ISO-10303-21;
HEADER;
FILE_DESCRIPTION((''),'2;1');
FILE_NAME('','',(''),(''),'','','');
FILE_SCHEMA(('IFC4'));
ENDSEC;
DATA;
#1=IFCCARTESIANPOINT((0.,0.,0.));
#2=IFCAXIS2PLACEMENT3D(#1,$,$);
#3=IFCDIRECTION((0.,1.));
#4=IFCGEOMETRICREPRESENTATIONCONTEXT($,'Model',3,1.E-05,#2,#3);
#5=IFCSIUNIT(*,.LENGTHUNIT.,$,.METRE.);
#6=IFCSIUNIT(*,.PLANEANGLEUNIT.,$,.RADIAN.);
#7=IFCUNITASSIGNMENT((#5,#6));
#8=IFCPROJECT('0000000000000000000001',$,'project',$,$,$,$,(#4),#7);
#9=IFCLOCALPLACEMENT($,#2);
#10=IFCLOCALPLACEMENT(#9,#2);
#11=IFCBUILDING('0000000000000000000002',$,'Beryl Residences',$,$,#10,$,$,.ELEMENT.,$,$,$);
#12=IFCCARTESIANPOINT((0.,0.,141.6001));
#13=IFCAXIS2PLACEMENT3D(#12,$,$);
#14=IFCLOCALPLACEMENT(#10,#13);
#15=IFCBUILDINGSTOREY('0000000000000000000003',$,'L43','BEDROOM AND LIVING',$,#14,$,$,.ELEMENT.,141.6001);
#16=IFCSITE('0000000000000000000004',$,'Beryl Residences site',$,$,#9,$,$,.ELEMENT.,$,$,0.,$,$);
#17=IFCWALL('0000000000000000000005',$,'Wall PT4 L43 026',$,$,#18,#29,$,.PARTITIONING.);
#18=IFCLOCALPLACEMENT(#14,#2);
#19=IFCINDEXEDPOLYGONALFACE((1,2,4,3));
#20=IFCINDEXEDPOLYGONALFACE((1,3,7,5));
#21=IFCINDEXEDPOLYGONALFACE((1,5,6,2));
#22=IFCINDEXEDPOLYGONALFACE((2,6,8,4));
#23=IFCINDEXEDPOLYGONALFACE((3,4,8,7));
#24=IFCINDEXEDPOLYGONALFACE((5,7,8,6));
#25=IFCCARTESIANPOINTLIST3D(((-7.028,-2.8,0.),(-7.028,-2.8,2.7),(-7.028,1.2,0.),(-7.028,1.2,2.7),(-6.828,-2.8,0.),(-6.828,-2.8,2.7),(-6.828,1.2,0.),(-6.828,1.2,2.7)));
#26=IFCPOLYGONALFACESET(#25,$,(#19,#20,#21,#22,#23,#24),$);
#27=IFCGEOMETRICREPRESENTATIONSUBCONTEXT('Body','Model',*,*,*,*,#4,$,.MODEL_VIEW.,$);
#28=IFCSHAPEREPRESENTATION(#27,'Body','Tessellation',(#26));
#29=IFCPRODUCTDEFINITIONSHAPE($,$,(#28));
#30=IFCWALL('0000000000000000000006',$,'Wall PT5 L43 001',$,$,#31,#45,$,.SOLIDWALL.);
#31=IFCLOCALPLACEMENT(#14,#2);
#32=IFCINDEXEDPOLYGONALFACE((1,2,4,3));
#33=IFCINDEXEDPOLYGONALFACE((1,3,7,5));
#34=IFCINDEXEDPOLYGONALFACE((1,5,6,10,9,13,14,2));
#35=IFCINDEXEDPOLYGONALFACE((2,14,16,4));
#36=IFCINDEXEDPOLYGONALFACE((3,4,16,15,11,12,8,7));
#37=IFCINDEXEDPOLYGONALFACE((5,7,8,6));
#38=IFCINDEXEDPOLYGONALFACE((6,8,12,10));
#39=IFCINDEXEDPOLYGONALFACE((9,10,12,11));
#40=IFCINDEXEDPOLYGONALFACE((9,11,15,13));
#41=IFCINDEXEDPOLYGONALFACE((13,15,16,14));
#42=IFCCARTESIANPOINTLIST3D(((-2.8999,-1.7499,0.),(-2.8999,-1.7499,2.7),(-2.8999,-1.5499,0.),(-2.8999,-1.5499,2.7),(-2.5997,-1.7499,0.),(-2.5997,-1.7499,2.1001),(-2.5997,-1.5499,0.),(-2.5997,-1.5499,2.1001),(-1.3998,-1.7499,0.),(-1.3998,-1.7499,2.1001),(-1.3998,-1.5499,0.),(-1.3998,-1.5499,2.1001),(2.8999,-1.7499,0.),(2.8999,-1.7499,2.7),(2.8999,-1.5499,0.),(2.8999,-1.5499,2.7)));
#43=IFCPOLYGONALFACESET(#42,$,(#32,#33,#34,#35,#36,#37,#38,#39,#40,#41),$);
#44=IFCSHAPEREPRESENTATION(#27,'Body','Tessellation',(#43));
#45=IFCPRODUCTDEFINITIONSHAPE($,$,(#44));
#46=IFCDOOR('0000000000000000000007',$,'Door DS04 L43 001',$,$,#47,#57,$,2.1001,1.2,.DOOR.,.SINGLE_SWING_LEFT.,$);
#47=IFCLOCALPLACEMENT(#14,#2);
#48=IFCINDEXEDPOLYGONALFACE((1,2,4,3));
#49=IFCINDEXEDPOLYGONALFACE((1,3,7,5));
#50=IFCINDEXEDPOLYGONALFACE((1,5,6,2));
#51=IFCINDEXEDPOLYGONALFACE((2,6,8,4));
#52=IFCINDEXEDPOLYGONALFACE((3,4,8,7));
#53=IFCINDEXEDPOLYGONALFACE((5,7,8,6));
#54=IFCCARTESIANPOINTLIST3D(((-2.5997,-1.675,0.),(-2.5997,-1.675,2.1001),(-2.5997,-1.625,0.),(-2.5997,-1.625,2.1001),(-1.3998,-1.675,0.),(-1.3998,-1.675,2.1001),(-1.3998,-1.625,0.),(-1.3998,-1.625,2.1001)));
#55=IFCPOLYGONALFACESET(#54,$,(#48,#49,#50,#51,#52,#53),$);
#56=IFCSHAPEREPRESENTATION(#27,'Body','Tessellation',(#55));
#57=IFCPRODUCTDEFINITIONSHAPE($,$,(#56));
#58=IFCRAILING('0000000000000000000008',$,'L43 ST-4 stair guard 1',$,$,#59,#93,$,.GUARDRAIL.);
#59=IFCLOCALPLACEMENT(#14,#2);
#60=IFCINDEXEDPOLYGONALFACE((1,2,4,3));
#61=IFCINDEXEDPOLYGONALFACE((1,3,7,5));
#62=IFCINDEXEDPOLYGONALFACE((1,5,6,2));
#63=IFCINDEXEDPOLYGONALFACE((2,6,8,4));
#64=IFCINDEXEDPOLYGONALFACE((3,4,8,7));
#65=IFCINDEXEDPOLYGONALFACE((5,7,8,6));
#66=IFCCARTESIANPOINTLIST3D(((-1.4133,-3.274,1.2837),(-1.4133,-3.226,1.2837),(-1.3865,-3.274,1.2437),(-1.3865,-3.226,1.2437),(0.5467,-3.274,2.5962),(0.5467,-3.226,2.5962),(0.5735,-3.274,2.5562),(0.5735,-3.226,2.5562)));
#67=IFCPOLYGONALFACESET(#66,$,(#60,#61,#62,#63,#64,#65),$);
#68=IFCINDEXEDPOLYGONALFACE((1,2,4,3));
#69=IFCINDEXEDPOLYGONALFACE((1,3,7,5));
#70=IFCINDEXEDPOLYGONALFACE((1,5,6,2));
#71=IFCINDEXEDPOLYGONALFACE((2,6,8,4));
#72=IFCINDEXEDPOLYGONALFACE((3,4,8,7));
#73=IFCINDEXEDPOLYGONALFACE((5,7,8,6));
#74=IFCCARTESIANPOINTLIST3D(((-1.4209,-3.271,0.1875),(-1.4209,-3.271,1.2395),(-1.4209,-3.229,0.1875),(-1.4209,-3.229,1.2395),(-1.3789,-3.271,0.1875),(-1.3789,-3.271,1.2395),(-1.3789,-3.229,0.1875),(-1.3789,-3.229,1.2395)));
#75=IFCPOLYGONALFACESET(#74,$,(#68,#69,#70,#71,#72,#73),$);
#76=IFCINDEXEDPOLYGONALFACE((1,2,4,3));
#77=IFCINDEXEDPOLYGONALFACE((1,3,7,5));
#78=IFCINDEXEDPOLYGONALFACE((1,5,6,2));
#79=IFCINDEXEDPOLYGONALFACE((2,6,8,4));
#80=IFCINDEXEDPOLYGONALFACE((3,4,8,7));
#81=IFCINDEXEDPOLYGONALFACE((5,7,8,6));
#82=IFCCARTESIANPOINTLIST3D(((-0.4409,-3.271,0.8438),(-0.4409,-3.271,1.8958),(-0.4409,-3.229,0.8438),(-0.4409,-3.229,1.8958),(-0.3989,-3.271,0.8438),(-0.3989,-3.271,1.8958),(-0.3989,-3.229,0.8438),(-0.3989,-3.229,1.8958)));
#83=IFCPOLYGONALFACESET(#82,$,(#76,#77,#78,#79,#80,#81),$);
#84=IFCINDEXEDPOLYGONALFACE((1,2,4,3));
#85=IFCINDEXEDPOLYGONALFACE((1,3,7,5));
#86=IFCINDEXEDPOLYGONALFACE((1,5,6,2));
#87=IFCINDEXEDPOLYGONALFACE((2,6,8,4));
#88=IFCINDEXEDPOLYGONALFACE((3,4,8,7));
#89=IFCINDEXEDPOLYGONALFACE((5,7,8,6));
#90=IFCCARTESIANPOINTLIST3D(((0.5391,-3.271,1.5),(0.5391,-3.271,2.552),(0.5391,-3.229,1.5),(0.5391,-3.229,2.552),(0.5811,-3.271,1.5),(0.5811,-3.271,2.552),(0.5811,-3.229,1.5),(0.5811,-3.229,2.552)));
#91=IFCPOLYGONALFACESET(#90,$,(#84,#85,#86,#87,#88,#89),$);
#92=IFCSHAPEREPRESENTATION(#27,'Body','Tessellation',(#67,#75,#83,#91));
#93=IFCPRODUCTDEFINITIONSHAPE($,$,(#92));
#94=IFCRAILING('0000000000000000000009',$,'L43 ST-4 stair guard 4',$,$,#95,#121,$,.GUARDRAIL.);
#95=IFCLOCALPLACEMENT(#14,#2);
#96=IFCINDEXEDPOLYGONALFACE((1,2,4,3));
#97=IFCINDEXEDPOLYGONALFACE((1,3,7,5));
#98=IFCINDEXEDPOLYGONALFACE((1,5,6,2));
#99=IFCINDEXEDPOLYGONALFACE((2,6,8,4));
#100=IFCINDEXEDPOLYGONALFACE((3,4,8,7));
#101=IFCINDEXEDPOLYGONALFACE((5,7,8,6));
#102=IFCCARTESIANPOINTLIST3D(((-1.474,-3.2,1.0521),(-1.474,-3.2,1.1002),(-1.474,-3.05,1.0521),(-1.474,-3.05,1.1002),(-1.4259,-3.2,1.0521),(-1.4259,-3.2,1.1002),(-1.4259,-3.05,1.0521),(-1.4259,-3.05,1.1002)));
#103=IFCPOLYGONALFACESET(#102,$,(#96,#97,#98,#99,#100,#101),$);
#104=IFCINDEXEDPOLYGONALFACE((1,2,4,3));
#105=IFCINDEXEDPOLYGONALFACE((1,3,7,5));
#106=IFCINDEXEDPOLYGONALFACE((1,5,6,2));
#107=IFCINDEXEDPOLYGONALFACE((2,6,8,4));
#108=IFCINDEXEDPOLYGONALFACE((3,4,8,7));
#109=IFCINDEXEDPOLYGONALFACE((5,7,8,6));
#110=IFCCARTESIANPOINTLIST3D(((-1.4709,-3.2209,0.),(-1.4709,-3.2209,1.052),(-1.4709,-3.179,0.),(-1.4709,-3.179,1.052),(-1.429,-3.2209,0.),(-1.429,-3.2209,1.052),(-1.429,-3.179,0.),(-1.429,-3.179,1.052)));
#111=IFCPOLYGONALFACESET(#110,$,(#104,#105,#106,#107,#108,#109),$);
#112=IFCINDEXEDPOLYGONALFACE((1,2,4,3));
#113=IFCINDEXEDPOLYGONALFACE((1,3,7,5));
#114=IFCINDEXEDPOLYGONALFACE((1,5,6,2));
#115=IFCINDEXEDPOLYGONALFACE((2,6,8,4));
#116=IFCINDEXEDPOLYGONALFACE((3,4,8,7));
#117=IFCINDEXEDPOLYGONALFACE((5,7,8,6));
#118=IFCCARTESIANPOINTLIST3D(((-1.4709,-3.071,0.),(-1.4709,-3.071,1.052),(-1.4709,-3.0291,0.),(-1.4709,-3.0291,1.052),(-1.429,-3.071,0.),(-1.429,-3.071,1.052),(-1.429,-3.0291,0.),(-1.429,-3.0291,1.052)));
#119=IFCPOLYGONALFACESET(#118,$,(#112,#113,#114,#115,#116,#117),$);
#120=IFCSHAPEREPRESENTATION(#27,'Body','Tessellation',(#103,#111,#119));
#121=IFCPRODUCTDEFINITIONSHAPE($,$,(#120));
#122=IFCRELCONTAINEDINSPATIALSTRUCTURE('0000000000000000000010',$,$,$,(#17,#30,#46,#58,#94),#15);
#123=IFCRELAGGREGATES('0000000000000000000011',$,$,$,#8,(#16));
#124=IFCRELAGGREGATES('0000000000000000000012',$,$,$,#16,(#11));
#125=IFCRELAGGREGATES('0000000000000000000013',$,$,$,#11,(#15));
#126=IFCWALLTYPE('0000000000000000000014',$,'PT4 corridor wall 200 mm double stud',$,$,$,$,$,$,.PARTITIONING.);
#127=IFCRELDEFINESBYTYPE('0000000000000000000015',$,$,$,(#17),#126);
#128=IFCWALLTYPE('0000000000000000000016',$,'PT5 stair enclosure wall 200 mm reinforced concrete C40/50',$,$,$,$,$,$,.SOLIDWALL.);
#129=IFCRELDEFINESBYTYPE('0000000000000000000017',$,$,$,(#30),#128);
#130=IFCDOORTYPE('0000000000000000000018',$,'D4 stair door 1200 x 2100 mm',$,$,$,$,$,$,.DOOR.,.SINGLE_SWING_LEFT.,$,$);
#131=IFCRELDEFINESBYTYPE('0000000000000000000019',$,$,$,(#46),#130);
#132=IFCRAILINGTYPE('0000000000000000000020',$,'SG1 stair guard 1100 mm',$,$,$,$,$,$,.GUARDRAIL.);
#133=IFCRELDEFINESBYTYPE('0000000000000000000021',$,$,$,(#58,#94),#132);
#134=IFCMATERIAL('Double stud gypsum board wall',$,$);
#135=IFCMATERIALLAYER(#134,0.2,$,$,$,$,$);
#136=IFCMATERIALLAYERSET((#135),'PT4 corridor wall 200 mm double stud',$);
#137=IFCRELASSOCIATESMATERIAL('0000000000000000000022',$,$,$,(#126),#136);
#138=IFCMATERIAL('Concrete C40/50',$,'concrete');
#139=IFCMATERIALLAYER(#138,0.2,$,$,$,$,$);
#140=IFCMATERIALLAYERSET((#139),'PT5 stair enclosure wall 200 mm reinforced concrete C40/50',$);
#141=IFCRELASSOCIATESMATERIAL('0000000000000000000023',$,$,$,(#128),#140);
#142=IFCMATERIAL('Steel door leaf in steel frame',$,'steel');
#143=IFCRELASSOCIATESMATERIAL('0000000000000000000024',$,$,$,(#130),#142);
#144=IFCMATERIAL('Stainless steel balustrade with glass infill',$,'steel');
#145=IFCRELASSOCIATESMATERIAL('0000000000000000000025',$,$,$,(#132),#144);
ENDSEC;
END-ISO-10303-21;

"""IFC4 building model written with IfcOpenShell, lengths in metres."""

from ifc_helpers import new_model, si_unit, direction, frame, frame_2d, origin, origin_2d, place, context, subcontext, project, spatial, rectangle, extrude, material, layer, layer_set, type_object, element, fill, save


model = new_model("IFC4")

# Units and contexts
model_context = context("Model", 3, precision=1e-05, world=origin(), true_north=direction((0.0, 1.0)))
body_context = subcontext(model_context, "Body", "Model", "MODEL_VIEW")
ifc_project = project(units=[si_unit("LENGTHUNIT", "METRE"), si_unit("PLANEANGLEUNIT", "RADIAN")], contexts=[model_context])

# Site, building, storey
site_placement = place(None, origin())
site = spatial("IfcSite", under=ifc_project, at=site_placement, Name="Beryl Residences site", CompositionType="ELEMENT", RefElevation=0.0)
building_placement = place(site_placement, origin())
building = spatial("IfcBuilding", under=site, at=building_placement, Name="Beryl Residences", CompositionType="ELEMENT")
storey_placement = place(building_placement, frame((0.0, 0.0, 141.6001)))
storey = spatial("IfcBuildingStorey", under=building, at=storey_placement, Name="L43", Description="BEDROOM AND LIVING", CompositionType="ELEMENT", Elevation=141.6001)

# Shared definitions
ifc_material_1 = material(Name="Double stud gypsum board wall")
ifc_layer_1 = layer(ifc_material_1, 0.2)
ifc_layer_set_1 = layer_set([ifc_layer_1], Name="PT4 corridor wall 200 mm double stud")
wall_type_1 = type_object("IfcWallType", Name="PT4 corridor wall 200 mm double stud", PredefinedType="PARTITIONING", material=ifc_layer_set_1)

# Wall
wall_1_placement = place(storey_placement, frame((-6.928, -2.8, 0.0), z_axis=(0.0, 0.0, 1.0), x_axis=(0.0, 1.0, 0.0)))
element("IfcWall", 1, at=wall_1_placement, inside=storey, type_object=wall_type_1, Name="Wall PT4 L43 026", PredefinedType="PARTITIONING", context=body_context, shape_type="SweptSolid", body=[
    extrude(rectangle(XDim=4.0, YDim=0.2, at=frame_2d((2.0, 0.0))), origin(), (0.0, 0.0, 1.0), 2.7),
])

# Wall, opening, door
ifc_material_2 = material(Name="Concrete C40/50", Category="concrete")
ifc_layer_2 = layer(ifc_material_2, 0.2)
ifc_layer_set_2 = layer_set([ifc_layer_2], Name="PT5 stair enclosure wall 200 mm reinforced concrete C40/50")
wall_type_2 = type_object("IfcWallType", Name="PT5 stair enclosure wall 200 mm reinforced concrete C40/50", PredefinedType="SOLIDWALL", material=ifc_layer_set_2)
wall_2_placement = place(storey_placement, frame((-2.8999, -1.6499, 0.0), z_axis=(0.0, 0.0, 1.0), x_axis=(1.0, 0.0, 0.0)))
wall_2 = element("IfcWall", 2, at=wall_2_placement, inside=storey, type_object=wall_type_2, Name="Wall PT5 L43 001", PredefinedType="SOLIDWALL", context=body_context, shape_type="SweptSolid", body=[
    extrude(rectangle(XDim=5.7998, YDim=0.2, at=frame_2d((2.8999, 0.0))), origin(), (0.0, 0.0, 1.0), 2.7),
])
opening_1_placement = place(wall_2_placement, frame((0.3, 0.0, 0.0)))
opening_1 = element("IfcOpeningElement", 3, at=opening_1_placement, cuts=wall_2, PredefinedType="OPENING", context=body_context, shape_type="SweptSolid", body=[
    extrude(rectangle(XDim=1.2, YDim=2.1001, at=frame_2d((0.6001, 1.05))), frame((0.0, 0.1099, 0.0), z_axis=(0.0, -1.0, 0.0), x_axis=(1.0, 0.0, 0.0)), (0.0, 0.0, 1.0), 0.22),
])
ifc_material_3 = material(Name="Steel door leaf in steel frame", Category="steel")
door_type_1 = type_object("IfcDoorType", Name="D4 stair door 1200 x 2100 mm", OperationType="SINGLE_SWING_LEFT", PredefinedType="DOOR", material=ifc_material_3)
door_1_placement = place(opening_1_placement, origin())
door_1 = element("IfcDoor", 4, at=door_1_placement, inside=storey, type_object=door_type_1, Name="Door DS04 L43 001", OperationType="SINGLE_SWING_LEFT", OverallHeight=2.1001, OverallWidth=1.2, PredefinedType="DOOR", context=body_context, shape_type="SweptSolid", body=[
    extrude(rectangle(XDim=1.2, YDim=2.1001, at=frame_2d((0.6001, 1.05))), frame((0.0, 0.0249, 0.0), z_axis=(0.0, -1.0, 0.0), x_axis=(1.0, 0.0, 0.0)), (0.0, 0.0, 1.0), 0.05),
])
fill(opening_1, door_1)

# Railings
ifc_material_4 = material(Name="Stainless steel balustrade with glass infill", Category="steel")
railing_type = type_object("IfcRailingType", Name="SG1 stair guard 1100 mm", PredefinedType="GUARDRAIL", material=ifc_material_4)
railing_1_placement = place(storey_placement, frame((-1.3999, -3.25, 0.1875)))
element("IfcRailing", 5, at=railing_1_placement, inside=storey, type_object=railing_type, Name="L43 ST-4 stair guard 1", PredefinedType="GUARDRAIL", context=body_context, shape_type="SweptSolid", body=[
    extrude(rectangle(XDim=0.0481, YDim=0.0481, at=origin_2d()), frame((0.0, 0.0, 1.0762), z_axis=(0.830902, 0.0, 0.556419), x_axis=(0.0, 1.0, 0.0)), (0.0, 0.0, 1.0), 2.3589),
    extrude(rectangle(XDim=0.042, YDim=0.042, at=origin_2d()), origin(), (0.0, 0.0, 1.0), 1.052),
    extrude(rectangle(XDim=0.042, YDim=0.042, at=origin_2d()), frame((0.98, 0.0, 0.6562)), (0.0, 0.0, 1.0), 1.052),
    extrude(rectangle(XDim=0.042, YDim=0.042, at=origin_2d()), frame((1.96, 0.0, 1.3125)), (0.0, 0.0, 1.0), 1.052),
])
railing_2_placement = place(storey_placement, frame((-1.45, -3.2, 0.0)))
element("IfcRailing", 6, at=railing_2_placement, inside=storey, type_object=railing_type, Name="L43 ST-4 stair guard 4", PredefinedType="GUARDRAIL", context=body_context, shape_type="SweptSolid", body=[
    extrude(rectangle(XDim=0.0481, YDim=0.0481, at=origin_2d()), frame((0.0, 0.0, 1.0762), z_axis=(0.0, 1.0, 0.0), x_axis=(-1.0, 0.0, 0.0)), (0.0, 0.0, 1.0), 0.1499),
    extrude(rectangle(XDim=0.042, YDim=0.042, at=origin_2d()), origin(), (0.0, 0.0, 1.0), 1.052),
    extrude(rectangle(XDim=0.042, YDim=0.042, at=origin_2d()), frame((0.0, 0.1499, 0.0)), (0.0, 0.0, 1.0), 1.052),
])

save(model, "model.ifc")
